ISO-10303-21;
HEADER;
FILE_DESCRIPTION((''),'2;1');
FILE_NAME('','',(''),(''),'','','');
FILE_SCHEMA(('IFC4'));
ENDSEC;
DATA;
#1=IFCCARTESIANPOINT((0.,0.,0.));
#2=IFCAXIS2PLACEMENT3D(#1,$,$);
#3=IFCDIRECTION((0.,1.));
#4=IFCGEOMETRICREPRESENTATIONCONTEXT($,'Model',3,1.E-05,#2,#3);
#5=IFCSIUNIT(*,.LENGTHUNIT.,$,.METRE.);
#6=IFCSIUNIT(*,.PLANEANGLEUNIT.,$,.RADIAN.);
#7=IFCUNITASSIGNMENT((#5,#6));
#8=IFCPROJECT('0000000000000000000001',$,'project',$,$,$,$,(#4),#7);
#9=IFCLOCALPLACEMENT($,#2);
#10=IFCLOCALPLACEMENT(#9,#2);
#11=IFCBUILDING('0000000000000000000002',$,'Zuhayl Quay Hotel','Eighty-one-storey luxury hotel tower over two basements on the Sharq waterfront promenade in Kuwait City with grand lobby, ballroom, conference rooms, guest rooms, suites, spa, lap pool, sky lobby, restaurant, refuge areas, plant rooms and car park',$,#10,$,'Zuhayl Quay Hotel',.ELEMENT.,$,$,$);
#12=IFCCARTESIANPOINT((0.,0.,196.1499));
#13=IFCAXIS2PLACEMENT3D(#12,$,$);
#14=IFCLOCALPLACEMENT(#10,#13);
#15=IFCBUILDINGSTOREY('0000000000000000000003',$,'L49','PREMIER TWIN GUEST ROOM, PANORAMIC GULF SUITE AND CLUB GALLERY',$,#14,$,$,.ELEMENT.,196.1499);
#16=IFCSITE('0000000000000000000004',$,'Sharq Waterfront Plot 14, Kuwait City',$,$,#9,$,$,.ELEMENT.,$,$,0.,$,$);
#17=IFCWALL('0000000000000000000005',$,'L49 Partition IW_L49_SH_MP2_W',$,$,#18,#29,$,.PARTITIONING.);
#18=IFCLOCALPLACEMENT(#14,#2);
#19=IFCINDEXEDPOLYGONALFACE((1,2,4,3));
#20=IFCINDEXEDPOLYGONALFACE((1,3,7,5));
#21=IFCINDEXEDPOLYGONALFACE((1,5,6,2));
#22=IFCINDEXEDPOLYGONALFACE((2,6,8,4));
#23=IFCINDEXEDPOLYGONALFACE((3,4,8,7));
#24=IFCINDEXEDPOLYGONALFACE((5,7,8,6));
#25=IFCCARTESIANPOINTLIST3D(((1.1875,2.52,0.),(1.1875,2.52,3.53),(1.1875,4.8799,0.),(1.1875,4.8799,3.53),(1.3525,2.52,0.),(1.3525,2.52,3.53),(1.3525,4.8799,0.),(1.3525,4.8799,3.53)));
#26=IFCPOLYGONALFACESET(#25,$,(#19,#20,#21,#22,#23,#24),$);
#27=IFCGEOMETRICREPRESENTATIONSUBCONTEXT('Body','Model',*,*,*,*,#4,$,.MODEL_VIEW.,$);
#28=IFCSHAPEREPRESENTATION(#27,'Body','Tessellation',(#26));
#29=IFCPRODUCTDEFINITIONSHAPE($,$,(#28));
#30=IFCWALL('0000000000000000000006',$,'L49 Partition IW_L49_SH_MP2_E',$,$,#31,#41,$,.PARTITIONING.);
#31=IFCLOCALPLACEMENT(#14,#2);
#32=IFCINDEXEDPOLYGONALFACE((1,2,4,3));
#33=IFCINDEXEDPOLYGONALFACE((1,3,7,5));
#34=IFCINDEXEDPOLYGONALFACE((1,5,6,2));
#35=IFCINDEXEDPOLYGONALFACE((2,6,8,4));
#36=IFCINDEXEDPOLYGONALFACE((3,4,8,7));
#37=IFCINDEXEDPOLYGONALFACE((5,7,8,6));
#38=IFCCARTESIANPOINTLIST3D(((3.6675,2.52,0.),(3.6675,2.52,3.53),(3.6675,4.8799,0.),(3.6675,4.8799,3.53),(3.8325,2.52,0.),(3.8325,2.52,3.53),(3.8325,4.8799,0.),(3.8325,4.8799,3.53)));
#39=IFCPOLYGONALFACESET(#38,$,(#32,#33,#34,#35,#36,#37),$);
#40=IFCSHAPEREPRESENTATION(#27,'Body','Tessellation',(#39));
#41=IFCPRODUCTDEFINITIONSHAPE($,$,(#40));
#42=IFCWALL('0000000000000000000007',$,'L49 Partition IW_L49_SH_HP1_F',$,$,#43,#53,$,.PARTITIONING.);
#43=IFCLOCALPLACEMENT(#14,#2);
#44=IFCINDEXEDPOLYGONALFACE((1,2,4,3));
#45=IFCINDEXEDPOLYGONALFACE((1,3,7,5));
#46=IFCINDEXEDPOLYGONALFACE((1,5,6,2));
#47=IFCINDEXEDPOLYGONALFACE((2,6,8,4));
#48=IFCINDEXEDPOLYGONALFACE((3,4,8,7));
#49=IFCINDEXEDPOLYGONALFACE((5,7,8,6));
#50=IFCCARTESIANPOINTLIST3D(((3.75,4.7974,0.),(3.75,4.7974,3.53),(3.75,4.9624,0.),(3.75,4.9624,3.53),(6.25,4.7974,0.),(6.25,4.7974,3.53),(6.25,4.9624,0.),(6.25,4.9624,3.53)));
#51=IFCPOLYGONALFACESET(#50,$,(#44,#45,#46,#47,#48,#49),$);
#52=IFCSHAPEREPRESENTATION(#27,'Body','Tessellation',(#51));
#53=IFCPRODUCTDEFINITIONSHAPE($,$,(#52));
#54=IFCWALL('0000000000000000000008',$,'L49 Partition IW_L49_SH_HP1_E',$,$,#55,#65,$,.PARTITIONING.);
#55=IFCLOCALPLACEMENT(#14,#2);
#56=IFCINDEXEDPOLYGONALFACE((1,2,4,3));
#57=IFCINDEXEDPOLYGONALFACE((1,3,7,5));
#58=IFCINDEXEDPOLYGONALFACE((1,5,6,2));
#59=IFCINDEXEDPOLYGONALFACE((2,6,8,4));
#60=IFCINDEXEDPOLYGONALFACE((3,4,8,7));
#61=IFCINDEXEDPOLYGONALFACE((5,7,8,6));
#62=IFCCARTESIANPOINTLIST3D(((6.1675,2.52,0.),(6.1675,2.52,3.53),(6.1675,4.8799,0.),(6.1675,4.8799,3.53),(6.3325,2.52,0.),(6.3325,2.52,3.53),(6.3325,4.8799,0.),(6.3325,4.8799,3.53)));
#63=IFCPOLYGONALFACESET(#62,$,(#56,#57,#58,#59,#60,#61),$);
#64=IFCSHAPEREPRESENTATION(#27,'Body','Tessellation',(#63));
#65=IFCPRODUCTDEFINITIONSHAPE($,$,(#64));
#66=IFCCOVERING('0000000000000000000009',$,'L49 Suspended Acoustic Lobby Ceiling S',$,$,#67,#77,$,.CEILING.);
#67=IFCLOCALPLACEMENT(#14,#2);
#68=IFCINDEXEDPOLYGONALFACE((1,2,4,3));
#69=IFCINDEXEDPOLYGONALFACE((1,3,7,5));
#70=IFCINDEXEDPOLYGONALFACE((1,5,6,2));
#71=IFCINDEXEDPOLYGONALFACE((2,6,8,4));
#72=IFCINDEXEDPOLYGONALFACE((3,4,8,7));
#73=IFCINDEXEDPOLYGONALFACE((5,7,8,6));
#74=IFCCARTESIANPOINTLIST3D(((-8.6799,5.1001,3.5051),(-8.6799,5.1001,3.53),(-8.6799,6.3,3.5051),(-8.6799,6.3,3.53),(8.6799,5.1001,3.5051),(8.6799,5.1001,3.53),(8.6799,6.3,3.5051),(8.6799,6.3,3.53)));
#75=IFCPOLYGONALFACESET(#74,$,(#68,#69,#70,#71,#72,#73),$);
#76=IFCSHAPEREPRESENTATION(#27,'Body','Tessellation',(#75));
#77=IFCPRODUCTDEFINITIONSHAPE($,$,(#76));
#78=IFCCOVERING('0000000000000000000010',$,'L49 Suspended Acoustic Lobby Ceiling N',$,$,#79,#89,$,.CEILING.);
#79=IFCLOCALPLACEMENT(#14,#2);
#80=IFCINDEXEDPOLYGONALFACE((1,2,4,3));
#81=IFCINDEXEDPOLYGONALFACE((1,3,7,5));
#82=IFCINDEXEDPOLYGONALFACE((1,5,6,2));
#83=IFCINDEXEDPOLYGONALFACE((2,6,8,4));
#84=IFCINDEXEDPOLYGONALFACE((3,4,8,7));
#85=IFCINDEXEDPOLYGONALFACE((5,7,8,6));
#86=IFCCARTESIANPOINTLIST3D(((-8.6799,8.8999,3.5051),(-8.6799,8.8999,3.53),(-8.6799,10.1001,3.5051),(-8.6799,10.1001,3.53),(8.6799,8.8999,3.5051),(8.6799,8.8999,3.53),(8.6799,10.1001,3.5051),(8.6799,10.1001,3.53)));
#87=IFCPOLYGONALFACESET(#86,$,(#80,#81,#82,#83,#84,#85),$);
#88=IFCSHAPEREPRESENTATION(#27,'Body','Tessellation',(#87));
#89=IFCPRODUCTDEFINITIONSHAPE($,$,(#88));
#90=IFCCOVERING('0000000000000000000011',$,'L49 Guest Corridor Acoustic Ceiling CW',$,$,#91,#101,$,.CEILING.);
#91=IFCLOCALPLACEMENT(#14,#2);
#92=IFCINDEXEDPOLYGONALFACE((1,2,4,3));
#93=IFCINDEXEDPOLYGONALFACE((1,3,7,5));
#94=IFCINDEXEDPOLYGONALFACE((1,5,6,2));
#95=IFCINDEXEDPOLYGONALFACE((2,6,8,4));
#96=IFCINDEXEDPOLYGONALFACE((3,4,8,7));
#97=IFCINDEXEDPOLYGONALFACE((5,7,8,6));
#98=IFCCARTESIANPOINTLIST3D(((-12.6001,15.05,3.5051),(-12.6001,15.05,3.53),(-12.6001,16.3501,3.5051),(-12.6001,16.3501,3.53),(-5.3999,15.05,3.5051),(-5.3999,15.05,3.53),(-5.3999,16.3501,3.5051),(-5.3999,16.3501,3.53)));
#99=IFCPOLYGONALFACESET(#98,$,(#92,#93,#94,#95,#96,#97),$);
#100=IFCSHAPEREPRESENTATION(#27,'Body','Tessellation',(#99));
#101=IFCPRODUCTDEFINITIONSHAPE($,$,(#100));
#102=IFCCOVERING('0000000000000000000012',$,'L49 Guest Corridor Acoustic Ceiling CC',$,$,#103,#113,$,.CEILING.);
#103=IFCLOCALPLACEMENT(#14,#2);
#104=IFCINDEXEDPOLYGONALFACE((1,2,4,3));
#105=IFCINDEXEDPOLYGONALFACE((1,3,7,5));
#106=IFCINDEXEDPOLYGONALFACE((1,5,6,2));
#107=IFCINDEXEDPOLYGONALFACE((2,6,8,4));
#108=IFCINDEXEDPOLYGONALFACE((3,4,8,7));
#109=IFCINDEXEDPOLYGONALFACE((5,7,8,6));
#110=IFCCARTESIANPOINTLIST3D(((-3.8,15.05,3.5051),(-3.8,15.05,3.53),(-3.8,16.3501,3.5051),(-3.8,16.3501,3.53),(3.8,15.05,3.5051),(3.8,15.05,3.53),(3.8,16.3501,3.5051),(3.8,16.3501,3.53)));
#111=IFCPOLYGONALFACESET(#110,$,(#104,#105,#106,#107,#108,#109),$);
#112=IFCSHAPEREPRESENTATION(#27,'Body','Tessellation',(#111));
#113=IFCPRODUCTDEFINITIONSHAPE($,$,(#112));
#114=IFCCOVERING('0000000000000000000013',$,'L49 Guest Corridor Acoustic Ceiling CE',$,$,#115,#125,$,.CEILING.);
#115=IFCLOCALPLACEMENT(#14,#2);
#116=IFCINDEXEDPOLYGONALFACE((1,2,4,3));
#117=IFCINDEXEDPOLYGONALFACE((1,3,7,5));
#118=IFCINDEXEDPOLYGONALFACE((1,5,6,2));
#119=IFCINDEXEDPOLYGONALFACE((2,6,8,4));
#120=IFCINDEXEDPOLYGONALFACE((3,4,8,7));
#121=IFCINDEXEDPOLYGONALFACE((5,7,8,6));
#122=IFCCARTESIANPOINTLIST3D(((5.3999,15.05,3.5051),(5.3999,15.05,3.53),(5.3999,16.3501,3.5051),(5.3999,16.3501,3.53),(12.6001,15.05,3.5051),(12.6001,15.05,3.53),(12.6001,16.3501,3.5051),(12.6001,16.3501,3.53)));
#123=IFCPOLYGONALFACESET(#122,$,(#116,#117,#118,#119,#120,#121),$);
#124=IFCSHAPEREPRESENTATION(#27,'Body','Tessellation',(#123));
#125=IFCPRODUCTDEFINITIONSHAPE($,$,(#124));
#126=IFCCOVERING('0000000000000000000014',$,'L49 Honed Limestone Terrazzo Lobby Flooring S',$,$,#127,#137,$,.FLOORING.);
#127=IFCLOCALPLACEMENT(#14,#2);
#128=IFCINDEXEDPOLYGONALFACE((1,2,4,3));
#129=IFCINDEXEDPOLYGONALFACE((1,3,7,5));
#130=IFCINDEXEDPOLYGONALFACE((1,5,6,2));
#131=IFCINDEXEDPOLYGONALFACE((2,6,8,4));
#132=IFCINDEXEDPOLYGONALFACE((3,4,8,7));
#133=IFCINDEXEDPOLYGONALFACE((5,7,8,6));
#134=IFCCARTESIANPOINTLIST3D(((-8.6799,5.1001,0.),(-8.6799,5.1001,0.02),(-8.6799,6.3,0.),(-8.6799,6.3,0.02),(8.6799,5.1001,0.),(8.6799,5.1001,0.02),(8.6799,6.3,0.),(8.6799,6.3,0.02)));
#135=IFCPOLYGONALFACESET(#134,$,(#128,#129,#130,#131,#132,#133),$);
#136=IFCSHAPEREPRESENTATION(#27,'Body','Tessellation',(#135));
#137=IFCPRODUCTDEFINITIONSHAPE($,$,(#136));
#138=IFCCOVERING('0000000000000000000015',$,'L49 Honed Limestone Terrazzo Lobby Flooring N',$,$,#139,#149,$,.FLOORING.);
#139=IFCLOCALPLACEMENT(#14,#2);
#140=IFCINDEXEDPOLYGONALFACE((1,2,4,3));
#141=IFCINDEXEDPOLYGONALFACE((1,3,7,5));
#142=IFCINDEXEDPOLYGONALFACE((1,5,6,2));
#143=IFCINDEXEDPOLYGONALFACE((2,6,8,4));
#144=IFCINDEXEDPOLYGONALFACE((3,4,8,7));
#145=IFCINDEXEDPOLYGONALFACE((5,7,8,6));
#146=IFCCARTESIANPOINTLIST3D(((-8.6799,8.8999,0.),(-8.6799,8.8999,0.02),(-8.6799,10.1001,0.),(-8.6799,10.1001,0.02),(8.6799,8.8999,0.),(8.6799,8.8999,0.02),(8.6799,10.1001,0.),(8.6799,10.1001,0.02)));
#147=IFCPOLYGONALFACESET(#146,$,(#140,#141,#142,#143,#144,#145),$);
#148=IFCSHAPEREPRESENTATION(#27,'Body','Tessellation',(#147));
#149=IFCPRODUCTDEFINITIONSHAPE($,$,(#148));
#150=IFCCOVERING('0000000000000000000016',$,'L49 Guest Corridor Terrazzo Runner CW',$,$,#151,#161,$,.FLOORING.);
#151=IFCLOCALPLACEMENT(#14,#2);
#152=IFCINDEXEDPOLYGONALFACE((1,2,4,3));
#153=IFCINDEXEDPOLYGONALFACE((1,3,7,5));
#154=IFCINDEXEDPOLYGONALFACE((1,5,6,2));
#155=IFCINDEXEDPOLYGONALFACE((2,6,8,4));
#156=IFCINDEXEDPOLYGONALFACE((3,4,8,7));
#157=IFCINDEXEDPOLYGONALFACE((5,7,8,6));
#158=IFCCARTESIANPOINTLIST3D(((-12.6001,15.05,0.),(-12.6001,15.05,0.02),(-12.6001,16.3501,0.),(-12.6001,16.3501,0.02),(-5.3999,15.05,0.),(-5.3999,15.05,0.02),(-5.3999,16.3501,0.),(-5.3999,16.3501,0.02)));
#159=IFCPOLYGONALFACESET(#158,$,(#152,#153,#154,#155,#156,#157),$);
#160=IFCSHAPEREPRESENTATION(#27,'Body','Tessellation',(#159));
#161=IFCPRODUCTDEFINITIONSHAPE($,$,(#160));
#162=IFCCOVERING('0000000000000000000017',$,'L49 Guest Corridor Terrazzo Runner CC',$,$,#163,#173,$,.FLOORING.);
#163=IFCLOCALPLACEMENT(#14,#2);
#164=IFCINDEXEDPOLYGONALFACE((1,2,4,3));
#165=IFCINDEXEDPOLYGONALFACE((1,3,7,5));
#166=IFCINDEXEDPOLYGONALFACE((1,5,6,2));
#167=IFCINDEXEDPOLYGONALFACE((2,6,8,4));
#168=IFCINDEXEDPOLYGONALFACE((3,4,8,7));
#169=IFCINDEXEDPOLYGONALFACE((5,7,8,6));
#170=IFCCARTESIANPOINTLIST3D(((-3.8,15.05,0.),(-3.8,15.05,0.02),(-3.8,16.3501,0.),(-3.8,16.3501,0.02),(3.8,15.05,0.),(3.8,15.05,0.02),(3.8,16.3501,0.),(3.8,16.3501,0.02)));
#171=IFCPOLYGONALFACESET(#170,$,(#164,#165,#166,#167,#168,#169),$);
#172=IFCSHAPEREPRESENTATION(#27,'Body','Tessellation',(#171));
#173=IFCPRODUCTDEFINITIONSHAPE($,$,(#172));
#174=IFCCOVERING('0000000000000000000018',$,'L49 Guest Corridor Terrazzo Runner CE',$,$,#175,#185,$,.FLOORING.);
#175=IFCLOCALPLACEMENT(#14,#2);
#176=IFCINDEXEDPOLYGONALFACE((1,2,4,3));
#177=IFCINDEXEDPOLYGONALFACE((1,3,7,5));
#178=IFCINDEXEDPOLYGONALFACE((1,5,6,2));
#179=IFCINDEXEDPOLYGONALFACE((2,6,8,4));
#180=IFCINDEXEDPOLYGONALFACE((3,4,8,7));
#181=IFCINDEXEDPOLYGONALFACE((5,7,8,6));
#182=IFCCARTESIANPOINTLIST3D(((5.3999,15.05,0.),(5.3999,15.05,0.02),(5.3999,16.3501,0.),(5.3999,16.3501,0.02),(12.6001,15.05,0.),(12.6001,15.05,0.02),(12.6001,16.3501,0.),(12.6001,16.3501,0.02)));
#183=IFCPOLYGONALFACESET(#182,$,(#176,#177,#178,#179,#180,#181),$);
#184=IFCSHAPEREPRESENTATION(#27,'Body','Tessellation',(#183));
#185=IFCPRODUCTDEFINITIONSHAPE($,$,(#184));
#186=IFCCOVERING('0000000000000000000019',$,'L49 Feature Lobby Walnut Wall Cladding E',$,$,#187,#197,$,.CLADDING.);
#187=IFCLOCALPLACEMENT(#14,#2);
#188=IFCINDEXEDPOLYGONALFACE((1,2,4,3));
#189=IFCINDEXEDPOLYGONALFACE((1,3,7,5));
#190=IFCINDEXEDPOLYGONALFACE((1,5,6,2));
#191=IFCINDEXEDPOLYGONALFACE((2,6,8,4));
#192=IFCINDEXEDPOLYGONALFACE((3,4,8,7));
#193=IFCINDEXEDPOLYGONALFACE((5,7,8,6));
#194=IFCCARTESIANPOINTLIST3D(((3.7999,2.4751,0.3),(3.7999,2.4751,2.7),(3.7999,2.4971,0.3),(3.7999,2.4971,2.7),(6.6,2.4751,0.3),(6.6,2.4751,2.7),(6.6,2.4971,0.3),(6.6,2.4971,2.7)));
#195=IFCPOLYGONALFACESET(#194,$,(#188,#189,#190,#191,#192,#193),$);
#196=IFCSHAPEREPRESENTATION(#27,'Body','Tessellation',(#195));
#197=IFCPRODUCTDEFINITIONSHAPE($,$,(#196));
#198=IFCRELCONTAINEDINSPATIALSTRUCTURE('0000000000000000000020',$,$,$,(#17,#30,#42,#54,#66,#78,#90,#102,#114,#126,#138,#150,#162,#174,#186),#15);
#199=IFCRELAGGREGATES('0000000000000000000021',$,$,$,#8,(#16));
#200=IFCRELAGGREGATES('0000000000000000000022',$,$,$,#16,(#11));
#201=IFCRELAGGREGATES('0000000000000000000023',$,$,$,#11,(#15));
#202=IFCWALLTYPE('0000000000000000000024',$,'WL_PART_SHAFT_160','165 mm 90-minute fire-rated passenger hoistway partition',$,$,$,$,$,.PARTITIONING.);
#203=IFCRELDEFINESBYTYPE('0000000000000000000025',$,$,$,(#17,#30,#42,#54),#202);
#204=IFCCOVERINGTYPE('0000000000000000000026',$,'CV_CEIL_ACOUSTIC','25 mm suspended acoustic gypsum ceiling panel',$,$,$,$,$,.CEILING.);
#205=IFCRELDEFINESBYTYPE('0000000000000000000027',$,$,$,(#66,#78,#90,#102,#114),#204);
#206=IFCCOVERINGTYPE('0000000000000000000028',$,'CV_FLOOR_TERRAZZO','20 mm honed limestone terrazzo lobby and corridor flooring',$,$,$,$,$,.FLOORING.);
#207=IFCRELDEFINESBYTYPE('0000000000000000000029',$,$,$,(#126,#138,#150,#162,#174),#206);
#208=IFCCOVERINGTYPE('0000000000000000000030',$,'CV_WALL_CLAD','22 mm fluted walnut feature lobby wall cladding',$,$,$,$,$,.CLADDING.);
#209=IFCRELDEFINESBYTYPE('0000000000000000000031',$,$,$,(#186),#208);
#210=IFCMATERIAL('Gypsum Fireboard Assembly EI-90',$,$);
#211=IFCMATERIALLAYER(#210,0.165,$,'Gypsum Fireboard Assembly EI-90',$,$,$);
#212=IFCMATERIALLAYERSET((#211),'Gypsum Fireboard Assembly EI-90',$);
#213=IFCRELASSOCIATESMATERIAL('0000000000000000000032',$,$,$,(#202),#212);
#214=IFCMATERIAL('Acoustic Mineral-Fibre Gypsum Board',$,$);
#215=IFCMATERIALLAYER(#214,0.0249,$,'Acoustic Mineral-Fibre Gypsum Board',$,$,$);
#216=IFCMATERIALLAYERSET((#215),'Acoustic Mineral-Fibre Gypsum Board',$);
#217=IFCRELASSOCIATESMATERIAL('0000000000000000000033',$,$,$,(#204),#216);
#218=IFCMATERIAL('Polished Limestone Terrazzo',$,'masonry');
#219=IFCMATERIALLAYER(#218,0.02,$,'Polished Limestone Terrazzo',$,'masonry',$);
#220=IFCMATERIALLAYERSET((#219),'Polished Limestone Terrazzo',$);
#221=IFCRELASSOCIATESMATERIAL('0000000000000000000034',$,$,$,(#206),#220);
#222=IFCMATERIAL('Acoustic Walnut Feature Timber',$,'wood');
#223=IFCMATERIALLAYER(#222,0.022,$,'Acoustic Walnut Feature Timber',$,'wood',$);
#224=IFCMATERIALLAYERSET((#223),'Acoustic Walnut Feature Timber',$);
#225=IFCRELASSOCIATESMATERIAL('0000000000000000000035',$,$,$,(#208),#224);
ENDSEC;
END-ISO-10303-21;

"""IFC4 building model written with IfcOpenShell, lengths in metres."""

from ifc_helpers import new_model, si_unit, direction, frame, frame_2d, origin, origin_2d, place, context, subcontext, project, spatial, polyline, rectangle, outline, extrude, material, layer, layer_set, type_object, element, save


model = new_model("IFC4")

# Units and contexts
model_context = context("Model", 3, precision=1e-05, world=origin(), true_north=direction((0.0, 1.0)))
body_context = subcontext(model_context, "Body", "Model", "MODEL_VIEW")
ifc_project = project(units=[si_unit("LENGTHUNIT", "METRE"), si_unit("PLANEANGLEUNIT", "RADIAN")], contexts=[model_context])

# Site, building, storey
site_placement = place(None, origin())
site = spatial("IfcSite", under=ifc_project, at=site_placement, Name="Sharq Waterfront Plot 14, Kuwait City", CompositionType="ELEMENT", RefElevation=0.0)
building_placement = place(site_placement, origin())
building = spatial("IfcBuilding", under=site, at=building_placement, Name="Zuhayl Quay Hotel", Description="Eighty-one-storey luxury hotel tower over two basements on the Sharq waterfront promenade in Kuwait City with grand lobby, ballroom, conference rooms, guest rooms, suites, spa, lap pool, sky lobby, restaurant, refuge areas, plant rooms and car park", LongName="Zuhayl Quay Hotel", CompositionType="ELEMENT")
storey_placement = place(building_placement, frame((0.0, 0.0, 196.1499)))
storey = spatial("IfcBuildingStorey", under=building, at=storey_placement, Name="L49", Description="PREMIER TWIN GUEST ROOM, PANORAMIC GULF SUITE AND CLUB GALLERY", CompositionType="ELEMENT", Elevation=196.1499)

# Shared definitions
ifc_material_1 = material(Name="Gypsum Fireboard Assembly EI-90")
ifc_layer_1 = layer(ifc_material_1, 0.165, Name="Gypsum Fireboard Assembly EI-90")
ifc_layer_set_1 = layer_set([ifc_layer_1], Name="Gypsum Fireboard Assembly EI-90")
wall_type_1 = type_object("IfcWallType", Name="WL_PART_SHAFT_160", Description="165 mm 90-minute fire-rated passenger hoistway partition", PredefinedType="PARTITIONING", material=ifc_layer_set_1)

# Walls
for number, where, z_axis, x_axis, name in (
    (1, (1.27, 2.52, 0.0), (0.0, 0.0, 1.0), (0.0, 1.0, 0.0), "L49 Partition IW_L49_SH_MP2_W"),
    (2, (3.75, 2.52, 0.0), (0.0, 0.0, 1.0), (0.0, 1.0, 0.0), "L49 Partition IW_L49_SH_MP2_E"),
):
    element("IfcWall", number, at=place(storey_placement, frame(where, z_axis=z_axis, x_axis=x_axis)), inside=storey, type_object=wall_type_1, Name=name, PredefinedType="PARTITIONING", context=body_context, shape_type="SweptSolid", body=[
        extrude(rectangle(XDim=2.3599, YDim=0.165, at=frame_2d((1.1799, 0.0))), origin(), (0.0, 0.0, 1.0), 3.53),
    ])
wall_1_placement = place(storey_placement, frame((3.75, 4.8799, 0.0), z_axis=(0.0, 0.0, 1.0), x_axis=(1.0, 0.0, 0.0)))
element("IfcWall", 3, at=wall_1_placement, inside=storey, type_object=wall_type_1, Name="L49 Partition IW_L49_SH_HP1_F", PredefinedType="PARTITIONING", context=body_context, shape_type="SweptSolid", body=[
    extrude(rectangle(XDim=2.5, YDim=0.165, at=frame_2d((1.25, 0.0))), origin(), (0.0, 0.0, 1.0), 3.53),
])
wall_2_placement = place(storey_placement, frame((6.25, 2.52, 0.0), z_axis=(0.0, 0.0, 1.0), x_axis=(0.0, 1.0, 0.0)))
element("IfcWall", 4, at=wall_2_placement, inside=storey, type_object=wall_type_1, Name="L49 Partition IW_L49_SH_HP1_E", PredefinedType="PARTITIONING", context=body_context, shape_type="SweptSolid", body=[
    extrude(rectangle(XDim=2.3599, YDim=0.165, at=frame_2d((1.1799, 0.0))), origin(), (0.0, 0.0, 1.0), 3.53),
])

# Coverings
ifc_material_2 = material(Name="Acoustic Mineral-Fibre Gypsum Board")
ifc_layer_2 = layer(ifc_material_2, 0.0249, Name="Acoustic Mineral-Fibre Gypsum Board")
ifc_layer_set_2 = layer_set([ifc_layer_2], Name="Acoustic Mineral-Fibre Gypsum Board")
covering_type_1 = type_object("IfcCoveringType", Name="CV_CEIL_ACOUSTIC", Description="25 mm suspended acoustic gypsum ceiling panel", PredefinedType="CEILING", material=ifc_layer_set_2)
covering_1_placement = place(storey_placement, frame((0.0, 0.0, 3.5051)))
element("IfcCovering", 5, at=covering_1_placement, inside=storey, type_object=covering_type_1, Name="L49 Suspended Acoustic Lobby Ceiling S", PredefinedType="CEILING", context=body_context, shape_type="SweptSolid", body=[
    extrude(outline(polyline([(-8.6799, 5.1001), (8.6799, 5.1001), (8.6799, 6.3), (-8.6799, 6.3), (-8.6799, 5.1001)])), origin(), (0.0, 0.0, 1.0), 0.0249),
])
covering_2_placement = place(storey_placement, frame((0.0, 0.0, 3.5051)))
element("IfcCovering", 6, at=covering_2_placement, inside=storey, type_object=covering_type_1, Name="L49 Suspended Acoustic Lobby Ceiling N", PredefinedType="CEILING", context=body_context, shape_type="SweptSolid", body=[
    extrude(outline(polyline([(-8.6799, 8.8999), (8.6799, 8.8999), (8.6799, 10.1001), (-8.6799, 10.1001), (-8.6799, 8.8999)])), origin(), (0.0, 0.0, 1.0), 0.0249),
])
covering_3_placement = place(storey_placement, frame((0.0, 0.0, 3.5051)))
element("IfcCovering", 7, at=covering_3_placement, inside=storey, type_object=covering_type_1, Name="L49 Guest Corridor Acoustic Ceiling CW", PredefinedType="CEILING", context=body_context, shape_type="SweptSolid", body=[
    extrude(outline(polyline([(-12.6001, 15.05), (-5.3999, 15.05), (-5.3999, 16.3501), (-12.6001, 16.3501), (-12.6001, 15.05)])), origin(), (0.0, 0.0, 1.0), 0.0249),
])
covering_4_placement = place(storey_placement, frame((0.0, 0.0, 3.5051)))
element("IfcCovering", 8, at=covering_4_placement, inside=storey, type_object=covering_type_1, Name="L49 Guest Corridor Acoustic Ceiling CC", PredefinedType="CEILING", context=body_context, shape_type="SweptSolid", body=[
    extrude(outline(polyline([(-3.8, 15.05), (3.8, 15.05), (3.8, 16.3501), (-3.8, 16.3501), (-3.8, 15.05)])), origin(), (0.0, 0.0, 1.0), 0.0249),
])
covering_5_placement = place(storey_placement, frame((0.0, 0.0, 3.5051)))
element("IfcCovering", 9, at=covering_5_placement, inside=storey, type_object=covering_type_1, Name="L49 Guest Corridor Acoustic Ceiling CE", PredefinedType="CEILING", context=body_context, shape_type="SweptSolid", body=[
    extrude(outline(polyline([(5.3999, 15.05), (12.6001, 15.05), (12.6001, 16.3501), (5.3999, 16.3501), (5.3999, 15.05)])), origin(), (0.0, 0.0, 1.0), 0.0249),
])
ifc_material_3 = material(Name="Polished Limestone Terrazzo", Category="masonry")
ifc_layer_3 = layer(ifc_material_3, 0.02, Name="Polished Limestone Terrazzo", Category="masonry")
ifc_layer_set_3 = layer_set([ifc_layer_3], Name="Polished Limestone Terrazzo")
covering_type_2 = type_object("IfcCoveringType", Name="CV_FLOOR_TERRAZZO", Description="20 mm honed limestone terrazzo lobby and corridor flooring", PredefinedType="FLOORING", material=ifc_layer_set_3)
covering_6_placement = place(storey_placement, origin())
element("IfcCovering", 10, at=covering_6_placement, inside=storey, type_object=covering_type_2, Name="L49 Honed Limestone Terrazzo Lobby Flooring S", PredefinedType="FLOORING", context=body_context, shape_type="SweptSolid", body=[
    extrude(outline(polyline([(-8.6799, 5.1001), (8.6799, 5.1001), (8.6799, 6.3), (-8.6799, 6.3), (-8.6799, 5.1001)])), origin(), (0.0, 0.0, 1.0), 0.02),
])
covering_7_placement = place(storey_placement, origin())
element("IfcCovering", 11, at=covering_7_placement, inside=storey, type_object=covering_type_2, Name="L49 Honed Limestone Terrazzo Lobby Flooring N", PredefinedType="FLOORING", context=body_context, shape_type="SweptSolid", body=[
    extrude(outline(polyline([(-8.6799, 8.8999), (8.6799, 8.8999), (8.6799, 10.1001), (-8.6799, 10.1001), (-8.6799, 8.8999)])), origin(), (0.0, 0.0, 1.0), 0.02),
])
covering_8_placement = place(storey_placement, origin())
element("IfcCovering", 12, at=covering_8_placement, inside=storey, type_object=covering_type_2, Name="L49 Guest Corridor Terrazzo Runner CW", PredefinedType="FLOORING", context=body_context, shape_type="SweptSolid", body=[
    extrude(outline(polyline([(-12.6001, 15.05), (-5.3999, 15.05), (-5.3999, 16.3501), (-12.6001, 16.3501), (-12.6001, 15.05)])), origin(), (0.0, 0.0, 1.0), 0.02),
])
covering_9_placement = place(storey_placement, origin())
element("IfcCovering", 13, at=covering_9_placement, inside=storey, type_object=covering_type_2, Name="L49 Guest Corridor Terrazzo Runner CC", PredefinedType="FLOORING", context=body_context, shape_type="SweptSolid", body=[
    extrude(outline(polyline([(-3.8, 15.05), (3.8, 15.05), (3.8, 16.3501), (-3.8, 16.3501), (-3.8, 15.05)])), origin(), (0.0, 0.0, 1.0), 0.02),
])
covering_10_placement = place(storey_placement, origin())
element("IfcCovering", 14, at=covering_10_placement, inside=storey, type_object=covering_type_2, Name="L49 Guest Corridor Terrazzo Runner CE", PredefinedType="FLOORING", context=body_context, shape_type="SweptSolid", body=[
    extrude(outline(polyline([(5.3999, 15.05), (12.6001, 15.05), (12.6001, 16.3501), (5.3999, 16.3501), (5.3999, 15.05)])), origin(), (0.0, 0.0, 1.0), 0.02),
])
ifc_material_4 = material(Name="Acoustic Walnut Feature Timber", Category="wood")
ifc_layer_4 = layer(ifc_material_4, 0.022, Name="Acoustic Walnut Feature Timber", Category="wood")
ifc_layer_set_4 = layer_set([ifc_layer_4], Name="Acoustic Walnut Feature Timber")
covering_type_3 = type_object("IfcCoveringType", Name="CV_WALL_CLAD", Description="22 mm fluted walnut feature lobby wall cladding", PredefinedType="CLADDING", material=ifc_layer_set_4)
covering_11_placement = place(storey_placement, frame((5.2, 2.4861, 0.3), z_axis=(0.0, 0.0, 1.0), x_axis=(1.0, 0.0, 0.0)))
element("IfcCovering", 15, at=covering_11_placement, inside=storey, type_object=covering_type_3, Name="L49 Feature Lobby Walnut Wall Cladding E", PredefinedType="CLADDING", context=body_context, shape_type="SweptSolid", body=[
    extrude(rectangle(XDim=2.8, YDim=0.022, at=origin_2d()), origin(), (0.0, 0.0, 1.0), 2.3999),
])

save(model, "model.ifc")
